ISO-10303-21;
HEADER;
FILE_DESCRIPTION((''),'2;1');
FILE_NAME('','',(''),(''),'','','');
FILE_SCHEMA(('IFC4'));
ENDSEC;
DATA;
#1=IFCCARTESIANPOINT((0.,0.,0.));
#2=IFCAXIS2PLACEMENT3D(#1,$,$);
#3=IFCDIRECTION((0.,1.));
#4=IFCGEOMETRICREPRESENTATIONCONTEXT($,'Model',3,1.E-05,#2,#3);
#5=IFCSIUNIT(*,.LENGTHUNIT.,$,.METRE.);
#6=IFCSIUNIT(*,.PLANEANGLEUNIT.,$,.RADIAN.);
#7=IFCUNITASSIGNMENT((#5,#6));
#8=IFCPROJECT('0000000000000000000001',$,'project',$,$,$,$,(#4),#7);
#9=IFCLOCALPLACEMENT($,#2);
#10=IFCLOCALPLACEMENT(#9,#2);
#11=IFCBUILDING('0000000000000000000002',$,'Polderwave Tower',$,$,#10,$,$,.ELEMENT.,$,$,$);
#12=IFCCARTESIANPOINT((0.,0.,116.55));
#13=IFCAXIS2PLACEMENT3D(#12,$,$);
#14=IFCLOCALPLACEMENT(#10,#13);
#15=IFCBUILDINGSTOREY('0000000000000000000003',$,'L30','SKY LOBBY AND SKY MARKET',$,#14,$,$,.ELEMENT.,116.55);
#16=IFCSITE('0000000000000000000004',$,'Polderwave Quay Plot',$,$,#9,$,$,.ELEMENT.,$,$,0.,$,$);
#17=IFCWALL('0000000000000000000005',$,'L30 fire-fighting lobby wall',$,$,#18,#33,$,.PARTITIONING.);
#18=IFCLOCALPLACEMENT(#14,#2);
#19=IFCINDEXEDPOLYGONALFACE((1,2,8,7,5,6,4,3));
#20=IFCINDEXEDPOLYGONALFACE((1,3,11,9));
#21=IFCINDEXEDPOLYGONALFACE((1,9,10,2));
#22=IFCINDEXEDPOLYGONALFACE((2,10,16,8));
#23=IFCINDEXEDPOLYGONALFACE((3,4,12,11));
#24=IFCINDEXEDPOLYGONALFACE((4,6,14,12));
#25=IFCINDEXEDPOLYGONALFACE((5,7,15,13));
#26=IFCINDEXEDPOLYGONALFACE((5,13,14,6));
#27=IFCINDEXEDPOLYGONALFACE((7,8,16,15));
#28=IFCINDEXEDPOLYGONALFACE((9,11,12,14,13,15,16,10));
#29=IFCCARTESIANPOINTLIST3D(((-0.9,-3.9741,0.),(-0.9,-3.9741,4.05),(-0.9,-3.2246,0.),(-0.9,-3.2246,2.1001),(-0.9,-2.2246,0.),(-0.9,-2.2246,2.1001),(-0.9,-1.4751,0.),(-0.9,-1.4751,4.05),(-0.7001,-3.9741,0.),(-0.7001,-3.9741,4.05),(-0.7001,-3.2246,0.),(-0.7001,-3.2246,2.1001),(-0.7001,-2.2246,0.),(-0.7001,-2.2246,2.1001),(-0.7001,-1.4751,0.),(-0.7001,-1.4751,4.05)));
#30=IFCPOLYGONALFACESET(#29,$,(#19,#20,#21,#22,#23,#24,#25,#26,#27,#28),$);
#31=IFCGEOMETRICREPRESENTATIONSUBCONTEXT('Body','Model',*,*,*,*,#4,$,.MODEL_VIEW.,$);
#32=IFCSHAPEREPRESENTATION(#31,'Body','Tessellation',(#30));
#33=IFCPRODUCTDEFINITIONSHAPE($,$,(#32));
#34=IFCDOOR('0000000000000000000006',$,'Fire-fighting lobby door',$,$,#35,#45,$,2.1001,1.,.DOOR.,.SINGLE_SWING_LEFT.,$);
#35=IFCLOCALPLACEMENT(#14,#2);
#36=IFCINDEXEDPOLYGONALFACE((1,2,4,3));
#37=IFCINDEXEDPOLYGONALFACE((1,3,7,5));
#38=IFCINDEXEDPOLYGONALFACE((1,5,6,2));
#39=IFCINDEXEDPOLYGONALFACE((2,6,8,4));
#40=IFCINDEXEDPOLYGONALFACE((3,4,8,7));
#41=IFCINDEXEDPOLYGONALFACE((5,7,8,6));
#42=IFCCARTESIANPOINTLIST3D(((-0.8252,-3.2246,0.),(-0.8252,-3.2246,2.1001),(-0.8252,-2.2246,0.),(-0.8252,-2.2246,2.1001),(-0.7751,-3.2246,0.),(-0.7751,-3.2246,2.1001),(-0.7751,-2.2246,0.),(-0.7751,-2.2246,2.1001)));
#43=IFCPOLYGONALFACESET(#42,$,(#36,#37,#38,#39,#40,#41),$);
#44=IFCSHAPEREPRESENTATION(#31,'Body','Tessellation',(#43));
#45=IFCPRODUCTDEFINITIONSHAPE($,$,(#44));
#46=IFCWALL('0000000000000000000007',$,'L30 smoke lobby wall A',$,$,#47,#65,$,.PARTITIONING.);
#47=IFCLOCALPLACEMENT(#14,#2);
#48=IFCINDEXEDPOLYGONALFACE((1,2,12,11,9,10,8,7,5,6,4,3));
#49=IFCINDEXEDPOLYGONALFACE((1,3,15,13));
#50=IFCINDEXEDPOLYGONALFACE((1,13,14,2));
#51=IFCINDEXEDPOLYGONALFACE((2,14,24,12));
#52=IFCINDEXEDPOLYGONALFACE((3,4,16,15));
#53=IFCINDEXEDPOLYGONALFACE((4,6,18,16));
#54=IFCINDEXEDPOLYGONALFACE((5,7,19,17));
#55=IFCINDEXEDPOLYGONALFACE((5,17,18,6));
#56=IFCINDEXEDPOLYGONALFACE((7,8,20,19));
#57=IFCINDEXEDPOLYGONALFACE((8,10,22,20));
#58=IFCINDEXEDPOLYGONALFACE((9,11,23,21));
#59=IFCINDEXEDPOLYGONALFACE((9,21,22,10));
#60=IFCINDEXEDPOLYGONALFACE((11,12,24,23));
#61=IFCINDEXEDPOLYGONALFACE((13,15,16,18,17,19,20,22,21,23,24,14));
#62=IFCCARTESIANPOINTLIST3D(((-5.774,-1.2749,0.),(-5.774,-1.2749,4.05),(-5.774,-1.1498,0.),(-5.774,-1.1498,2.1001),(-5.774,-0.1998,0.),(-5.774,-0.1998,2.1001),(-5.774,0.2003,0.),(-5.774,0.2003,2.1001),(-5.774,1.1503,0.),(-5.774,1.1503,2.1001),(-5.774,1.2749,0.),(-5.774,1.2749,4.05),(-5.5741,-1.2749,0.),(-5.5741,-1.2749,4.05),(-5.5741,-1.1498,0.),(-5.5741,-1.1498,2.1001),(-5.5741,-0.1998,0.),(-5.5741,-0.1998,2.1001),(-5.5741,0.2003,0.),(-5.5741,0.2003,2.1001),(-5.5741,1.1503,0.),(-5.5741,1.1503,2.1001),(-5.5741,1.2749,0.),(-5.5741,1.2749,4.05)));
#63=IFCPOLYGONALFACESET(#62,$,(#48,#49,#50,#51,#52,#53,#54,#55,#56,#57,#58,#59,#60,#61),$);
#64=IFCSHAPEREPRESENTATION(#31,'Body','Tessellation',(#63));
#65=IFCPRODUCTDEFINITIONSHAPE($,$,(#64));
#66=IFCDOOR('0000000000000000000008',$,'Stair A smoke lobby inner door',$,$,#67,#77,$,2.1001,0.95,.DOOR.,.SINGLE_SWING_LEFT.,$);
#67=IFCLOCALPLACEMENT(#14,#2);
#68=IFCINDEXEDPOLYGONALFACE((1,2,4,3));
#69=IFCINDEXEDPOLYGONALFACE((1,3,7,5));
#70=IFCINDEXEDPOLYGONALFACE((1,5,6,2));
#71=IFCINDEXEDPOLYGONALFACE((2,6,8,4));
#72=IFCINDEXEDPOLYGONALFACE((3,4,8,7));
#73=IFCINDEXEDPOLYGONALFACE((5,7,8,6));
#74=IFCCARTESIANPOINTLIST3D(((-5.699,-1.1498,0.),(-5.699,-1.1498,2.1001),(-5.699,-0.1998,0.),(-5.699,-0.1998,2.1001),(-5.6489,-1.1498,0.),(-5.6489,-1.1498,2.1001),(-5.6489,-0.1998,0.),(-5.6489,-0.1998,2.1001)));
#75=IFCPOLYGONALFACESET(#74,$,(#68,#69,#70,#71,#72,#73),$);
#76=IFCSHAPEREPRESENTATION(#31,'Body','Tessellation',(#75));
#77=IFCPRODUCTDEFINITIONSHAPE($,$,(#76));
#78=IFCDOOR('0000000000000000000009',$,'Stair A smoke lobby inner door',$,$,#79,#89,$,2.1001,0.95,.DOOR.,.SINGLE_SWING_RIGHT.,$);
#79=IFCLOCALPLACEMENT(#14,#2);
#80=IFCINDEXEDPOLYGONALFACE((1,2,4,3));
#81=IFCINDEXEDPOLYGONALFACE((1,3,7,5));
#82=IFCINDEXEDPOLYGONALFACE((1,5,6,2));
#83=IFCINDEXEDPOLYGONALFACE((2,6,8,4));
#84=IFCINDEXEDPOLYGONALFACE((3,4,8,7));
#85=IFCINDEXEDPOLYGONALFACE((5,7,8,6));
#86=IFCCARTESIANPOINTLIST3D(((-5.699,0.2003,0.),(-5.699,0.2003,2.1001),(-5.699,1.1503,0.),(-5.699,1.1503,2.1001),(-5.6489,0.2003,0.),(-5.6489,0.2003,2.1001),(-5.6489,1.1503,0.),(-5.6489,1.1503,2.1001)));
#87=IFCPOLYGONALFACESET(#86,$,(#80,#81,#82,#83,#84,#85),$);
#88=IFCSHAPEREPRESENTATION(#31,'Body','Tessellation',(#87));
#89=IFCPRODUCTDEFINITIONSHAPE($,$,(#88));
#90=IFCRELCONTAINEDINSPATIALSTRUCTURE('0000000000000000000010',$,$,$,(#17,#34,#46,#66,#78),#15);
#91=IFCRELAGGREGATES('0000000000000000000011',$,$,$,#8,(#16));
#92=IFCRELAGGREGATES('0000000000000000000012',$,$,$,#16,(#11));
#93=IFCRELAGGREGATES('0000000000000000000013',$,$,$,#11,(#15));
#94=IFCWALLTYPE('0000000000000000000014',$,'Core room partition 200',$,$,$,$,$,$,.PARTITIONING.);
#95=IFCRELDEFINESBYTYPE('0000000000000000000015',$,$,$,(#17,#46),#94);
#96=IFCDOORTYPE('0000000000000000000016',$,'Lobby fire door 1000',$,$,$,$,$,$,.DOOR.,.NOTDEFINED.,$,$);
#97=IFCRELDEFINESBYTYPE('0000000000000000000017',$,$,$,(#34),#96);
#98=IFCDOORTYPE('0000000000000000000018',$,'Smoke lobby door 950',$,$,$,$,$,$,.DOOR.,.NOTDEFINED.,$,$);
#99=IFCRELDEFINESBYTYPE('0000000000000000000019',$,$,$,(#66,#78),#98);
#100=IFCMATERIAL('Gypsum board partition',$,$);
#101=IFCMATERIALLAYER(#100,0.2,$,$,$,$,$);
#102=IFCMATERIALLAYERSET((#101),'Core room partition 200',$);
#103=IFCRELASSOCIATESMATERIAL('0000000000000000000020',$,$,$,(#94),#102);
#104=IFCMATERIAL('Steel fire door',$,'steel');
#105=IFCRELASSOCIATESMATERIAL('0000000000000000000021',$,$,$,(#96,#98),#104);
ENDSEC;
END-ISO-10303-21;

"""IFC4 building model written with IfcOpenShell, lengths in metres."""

from ifc_helpers import new_model, si_unit, direction, frame, frame_2d, origin, place, context, subcontext, project, spatial, rectangle, extrude, material, layer, layer_set, type_object, element, fill, save


model = new_model("IFC4")

# Units and contexts
model_context = context("Model", 3, precision=1e-05, world=origin(), true_north=direction((0.0, 1.0)))
body_context = subcontext(model_context, "Body", "Model", "MODEL_VIEW")
ifc_project = project(units=[si_unit("LENGTHUNIT", "METRE"), si_unit("PLANEANGLEUNIT", "RADIAN")], contexts=[model_context])

# Site, building, storey
site_placement = place(None, origin())
site = spatial("IfcSite", under=ifc_project, at=site_placement, Name="Polderwave Quay Plot", CompositionType="ELEMENT", RefElevation=0.0)
building_placement = place(site_placement, origin())
building = spatial("IfcBuilding", under=site, at=building_placement, Name="Polderwave Tower", CompositionType="ELEMENT")
storey_placement = place(building_placement, frame((0.0, 0.0, 116.55)))
storey = spatial("IfcBuildingStorey", under=building, at=storey_placement, Name="L30", Description="SKY LOBBY AND SKY MARKET", CompositionType="ELEMENT", Elevation=116.55)

# Wall, opening, door
ifc_material_1 = material(Name="Gypsum board partition")
ifc_layer_1 = layer(ifc_material_1, 0.2)
ifc_layer_set_1 = layer_set([ifc_layer_1], Name="Core room partition 200")
wall_type_1 = type_object("IfcWallType", Name="Core room partition 200", PredefinedType="PARTITIONING", material=ifc_layer_set_1)
wall_1_placement = place(storey_placement, frame((-0.8, -3.9741, 0.0), z_axis=(0.0, 0.0, 1.0), x_axis=(0.0, 1.0, 0.0)))
wall_1 = element("IfcWall", 1, at=wall_1_placement, inside=storey, type_object=wall_type_1, Name="L30 fire-fighting lobby wall", PredefinedType="PARTITIONING", context=body_context, shape_type="SweptSolid", body=[
    extrude(rectangle(XDim=2.499, YDim=0.2, at=frame_2d((1.2495, 0.0))), origin(), (0.0, 0.0, 1.0), 4.05),
])
opening_1_placement = place(wall_1_placement, frame((0.7495, 0.0, 0.0)))
opening_1 = element("IfcOpeningElement", 2, at=opening_1_placement, cuts=wall_1, PredefinedType="OPENING", context=body_context, shape_type="SweptSolid", body=[
    extrude(rectangle(XDim=1.0, YDim=2.1001, at=frame_2d((0.5, 1.05))), frame((0.0, 0.1099, 0.0), z_axis=(0.0, -1.0, 0.0), x_axis=(1.0, 0.0, 0.0)), (0.0, 0.0, 1.0), 0.22),
])
ifc_material_2 = material(Name="Steel fire door", Category="steel")
door_type_1 = type_object("IfcDoorType", Name="Lobby fire door 1000", OperationType="NOTDEFINED", PredefinedType="DOOR", material=ifc_material_2)
door_1_placement = place(opening_1_placement, frame((1.0, 0.0, 0.0), z_axis=(0.0, 0.0, 1.0), x_axis=(-1.0, 0.0, 0.0)))
door_1 = element("IfcDoor", 3, at=door_1_placement, inside=storey, type_object=door_type_1, Name="Fire-fighting lobby door", OperationType="SINGLE_SWING_LEFT", OverallHeight=2.1001, OverallWidth=1.0, PredefinedType="DOOR", context=body_context, shape_type="SweptSolid", body=[
    extrude(rectangle(XDim=1.0, YDim=2.1001, at=frame_2d((0.5, 1.05))), frame((0.0, 0.0249, 0.0), z_axis=(0.0, -1.0, 0.0), x_axis=(1.0, 0.0, 0.0)), (0.0, 0.0, 1.0), 0.05),
])
fill(opening_1, door_1)

# Wall, openings, doors
wall_2_placement = place(storey_placement, frame((-5.6741, -1.2749, 0.0), z_axis=(0.0, 0.0, 1.0), x_axis=(0.0, 1.0, 0.0)))
wall_2 = element("IfcWall", 4, at=wall_2_placement, inside=storey, type_object=wall_type_1, Name="L30 smoke lobby wall A", PredefinedType="PARTITIONING", context=body_context, shape_type="SweptSolid", body=[
    extrude(rectangle(XDim=2.5498, YDim=0.2, at=frame_2d((1.2749, 0.0))), origin(), (0.0, 0.0, 1.0), 4.05),
])
opening_2_placement = place(wall_2_placement, frame((0.125, 0.0, 0.0)))
opening_2 = element("IfcOpeningElement", 5, at=opening_2_placement, cuts=wall_2, PredefinedType="OPENING", context=body_context, shape_type="SweptSolid", body=[
    extrude(rectangle(XDim=0.95, YDim=2.1001, at=frame_2d((0.4751, 1.05))), frame((0.0, 0.1099, 0.0), z_axis=(0.0, -1.0, 0.0), x_axis=(1.0, 0.0, 0.0)), (0.0, 0.0, 1.0), 0.22),
])
opening_3_placement = place(wall_2_placement, frame((1.4751, 0.0, 0.0)))
opening_3 = element("IfcOpeningElement", 6, at=opening_3_placement, cuts=wall_2, PredefinedType="OPENING", context=body_context, shape_type="SweptSolid", body=[
    extrude(rectangle(XDim=0.95, YDim=2.1001, at=frame_2d((0.4751, 1.05))), frame((0.0, 0.1099, 0.0), z_axis=(0.0, -1.0, 0.0), x_axis=(1.0, 0.0, 0.0)), (0.0, 0.0, 1.0), 0.22),
])
door_type_2 = type_object("IfcDoorType", Name="Smoke lobby door 950", OperationType="NOTDEFINED", PredefinedType="DOOR", material=ifc_material_2)
door_2_placement = place(opening_2_placement, origin())
door_2 = element("IfcDoor", 7, at=door_2_placement, inside=storey, type_object=door_type_2, Name="Stair A smoke lobby inner door", OperationType="SINGLE_SWING_LEFT", OverallHeight=2.1001, OverallWidth=0.95, PredefinedType="DOOR", context=body_context, shape_type="SweptSolid", body=[
    extrude(rectangle(XDim=0.95, YDim=2.1001, at=frame_2d((0.4751, 1.05))), frame((0.0, 0.0249, 0.0), z_axis=(0.0, -1.0, 0.0), x_axis=(1.0, 0.0, 0.0)), (0.0, 0.0, 1.0), 0.05),
])
fill(opening_2, door_2)
door_3_placement = place(opening_3_placement, origin())
door_3 = element("IfcDoor", 8, at=door_3_placement, inside=storey, type_object=door_type_2, Name="Stair A smoke lobby inner door", OperationType="SINGLE_SWING_RIGHT", OverallHeight=2.1001, OverallWidth=0.95, PredefinedType="DOOR", context=body_context, shape_type="SweptSolid", body=[
    extrude(rectangle(XDim=0.95, YDim=2.1001, at=frame_2d((0.4751, 1.05))), frame((0.0, 0.0249, 0.0), z_axis=(0.0, -1.0, 0.0), x_axis=(1.0, 0.0, 0.0)), (0.0, 0.0, 1.0), 0.05),
])
fill(opening_3, door_3)

save(model, "model.ifc")
